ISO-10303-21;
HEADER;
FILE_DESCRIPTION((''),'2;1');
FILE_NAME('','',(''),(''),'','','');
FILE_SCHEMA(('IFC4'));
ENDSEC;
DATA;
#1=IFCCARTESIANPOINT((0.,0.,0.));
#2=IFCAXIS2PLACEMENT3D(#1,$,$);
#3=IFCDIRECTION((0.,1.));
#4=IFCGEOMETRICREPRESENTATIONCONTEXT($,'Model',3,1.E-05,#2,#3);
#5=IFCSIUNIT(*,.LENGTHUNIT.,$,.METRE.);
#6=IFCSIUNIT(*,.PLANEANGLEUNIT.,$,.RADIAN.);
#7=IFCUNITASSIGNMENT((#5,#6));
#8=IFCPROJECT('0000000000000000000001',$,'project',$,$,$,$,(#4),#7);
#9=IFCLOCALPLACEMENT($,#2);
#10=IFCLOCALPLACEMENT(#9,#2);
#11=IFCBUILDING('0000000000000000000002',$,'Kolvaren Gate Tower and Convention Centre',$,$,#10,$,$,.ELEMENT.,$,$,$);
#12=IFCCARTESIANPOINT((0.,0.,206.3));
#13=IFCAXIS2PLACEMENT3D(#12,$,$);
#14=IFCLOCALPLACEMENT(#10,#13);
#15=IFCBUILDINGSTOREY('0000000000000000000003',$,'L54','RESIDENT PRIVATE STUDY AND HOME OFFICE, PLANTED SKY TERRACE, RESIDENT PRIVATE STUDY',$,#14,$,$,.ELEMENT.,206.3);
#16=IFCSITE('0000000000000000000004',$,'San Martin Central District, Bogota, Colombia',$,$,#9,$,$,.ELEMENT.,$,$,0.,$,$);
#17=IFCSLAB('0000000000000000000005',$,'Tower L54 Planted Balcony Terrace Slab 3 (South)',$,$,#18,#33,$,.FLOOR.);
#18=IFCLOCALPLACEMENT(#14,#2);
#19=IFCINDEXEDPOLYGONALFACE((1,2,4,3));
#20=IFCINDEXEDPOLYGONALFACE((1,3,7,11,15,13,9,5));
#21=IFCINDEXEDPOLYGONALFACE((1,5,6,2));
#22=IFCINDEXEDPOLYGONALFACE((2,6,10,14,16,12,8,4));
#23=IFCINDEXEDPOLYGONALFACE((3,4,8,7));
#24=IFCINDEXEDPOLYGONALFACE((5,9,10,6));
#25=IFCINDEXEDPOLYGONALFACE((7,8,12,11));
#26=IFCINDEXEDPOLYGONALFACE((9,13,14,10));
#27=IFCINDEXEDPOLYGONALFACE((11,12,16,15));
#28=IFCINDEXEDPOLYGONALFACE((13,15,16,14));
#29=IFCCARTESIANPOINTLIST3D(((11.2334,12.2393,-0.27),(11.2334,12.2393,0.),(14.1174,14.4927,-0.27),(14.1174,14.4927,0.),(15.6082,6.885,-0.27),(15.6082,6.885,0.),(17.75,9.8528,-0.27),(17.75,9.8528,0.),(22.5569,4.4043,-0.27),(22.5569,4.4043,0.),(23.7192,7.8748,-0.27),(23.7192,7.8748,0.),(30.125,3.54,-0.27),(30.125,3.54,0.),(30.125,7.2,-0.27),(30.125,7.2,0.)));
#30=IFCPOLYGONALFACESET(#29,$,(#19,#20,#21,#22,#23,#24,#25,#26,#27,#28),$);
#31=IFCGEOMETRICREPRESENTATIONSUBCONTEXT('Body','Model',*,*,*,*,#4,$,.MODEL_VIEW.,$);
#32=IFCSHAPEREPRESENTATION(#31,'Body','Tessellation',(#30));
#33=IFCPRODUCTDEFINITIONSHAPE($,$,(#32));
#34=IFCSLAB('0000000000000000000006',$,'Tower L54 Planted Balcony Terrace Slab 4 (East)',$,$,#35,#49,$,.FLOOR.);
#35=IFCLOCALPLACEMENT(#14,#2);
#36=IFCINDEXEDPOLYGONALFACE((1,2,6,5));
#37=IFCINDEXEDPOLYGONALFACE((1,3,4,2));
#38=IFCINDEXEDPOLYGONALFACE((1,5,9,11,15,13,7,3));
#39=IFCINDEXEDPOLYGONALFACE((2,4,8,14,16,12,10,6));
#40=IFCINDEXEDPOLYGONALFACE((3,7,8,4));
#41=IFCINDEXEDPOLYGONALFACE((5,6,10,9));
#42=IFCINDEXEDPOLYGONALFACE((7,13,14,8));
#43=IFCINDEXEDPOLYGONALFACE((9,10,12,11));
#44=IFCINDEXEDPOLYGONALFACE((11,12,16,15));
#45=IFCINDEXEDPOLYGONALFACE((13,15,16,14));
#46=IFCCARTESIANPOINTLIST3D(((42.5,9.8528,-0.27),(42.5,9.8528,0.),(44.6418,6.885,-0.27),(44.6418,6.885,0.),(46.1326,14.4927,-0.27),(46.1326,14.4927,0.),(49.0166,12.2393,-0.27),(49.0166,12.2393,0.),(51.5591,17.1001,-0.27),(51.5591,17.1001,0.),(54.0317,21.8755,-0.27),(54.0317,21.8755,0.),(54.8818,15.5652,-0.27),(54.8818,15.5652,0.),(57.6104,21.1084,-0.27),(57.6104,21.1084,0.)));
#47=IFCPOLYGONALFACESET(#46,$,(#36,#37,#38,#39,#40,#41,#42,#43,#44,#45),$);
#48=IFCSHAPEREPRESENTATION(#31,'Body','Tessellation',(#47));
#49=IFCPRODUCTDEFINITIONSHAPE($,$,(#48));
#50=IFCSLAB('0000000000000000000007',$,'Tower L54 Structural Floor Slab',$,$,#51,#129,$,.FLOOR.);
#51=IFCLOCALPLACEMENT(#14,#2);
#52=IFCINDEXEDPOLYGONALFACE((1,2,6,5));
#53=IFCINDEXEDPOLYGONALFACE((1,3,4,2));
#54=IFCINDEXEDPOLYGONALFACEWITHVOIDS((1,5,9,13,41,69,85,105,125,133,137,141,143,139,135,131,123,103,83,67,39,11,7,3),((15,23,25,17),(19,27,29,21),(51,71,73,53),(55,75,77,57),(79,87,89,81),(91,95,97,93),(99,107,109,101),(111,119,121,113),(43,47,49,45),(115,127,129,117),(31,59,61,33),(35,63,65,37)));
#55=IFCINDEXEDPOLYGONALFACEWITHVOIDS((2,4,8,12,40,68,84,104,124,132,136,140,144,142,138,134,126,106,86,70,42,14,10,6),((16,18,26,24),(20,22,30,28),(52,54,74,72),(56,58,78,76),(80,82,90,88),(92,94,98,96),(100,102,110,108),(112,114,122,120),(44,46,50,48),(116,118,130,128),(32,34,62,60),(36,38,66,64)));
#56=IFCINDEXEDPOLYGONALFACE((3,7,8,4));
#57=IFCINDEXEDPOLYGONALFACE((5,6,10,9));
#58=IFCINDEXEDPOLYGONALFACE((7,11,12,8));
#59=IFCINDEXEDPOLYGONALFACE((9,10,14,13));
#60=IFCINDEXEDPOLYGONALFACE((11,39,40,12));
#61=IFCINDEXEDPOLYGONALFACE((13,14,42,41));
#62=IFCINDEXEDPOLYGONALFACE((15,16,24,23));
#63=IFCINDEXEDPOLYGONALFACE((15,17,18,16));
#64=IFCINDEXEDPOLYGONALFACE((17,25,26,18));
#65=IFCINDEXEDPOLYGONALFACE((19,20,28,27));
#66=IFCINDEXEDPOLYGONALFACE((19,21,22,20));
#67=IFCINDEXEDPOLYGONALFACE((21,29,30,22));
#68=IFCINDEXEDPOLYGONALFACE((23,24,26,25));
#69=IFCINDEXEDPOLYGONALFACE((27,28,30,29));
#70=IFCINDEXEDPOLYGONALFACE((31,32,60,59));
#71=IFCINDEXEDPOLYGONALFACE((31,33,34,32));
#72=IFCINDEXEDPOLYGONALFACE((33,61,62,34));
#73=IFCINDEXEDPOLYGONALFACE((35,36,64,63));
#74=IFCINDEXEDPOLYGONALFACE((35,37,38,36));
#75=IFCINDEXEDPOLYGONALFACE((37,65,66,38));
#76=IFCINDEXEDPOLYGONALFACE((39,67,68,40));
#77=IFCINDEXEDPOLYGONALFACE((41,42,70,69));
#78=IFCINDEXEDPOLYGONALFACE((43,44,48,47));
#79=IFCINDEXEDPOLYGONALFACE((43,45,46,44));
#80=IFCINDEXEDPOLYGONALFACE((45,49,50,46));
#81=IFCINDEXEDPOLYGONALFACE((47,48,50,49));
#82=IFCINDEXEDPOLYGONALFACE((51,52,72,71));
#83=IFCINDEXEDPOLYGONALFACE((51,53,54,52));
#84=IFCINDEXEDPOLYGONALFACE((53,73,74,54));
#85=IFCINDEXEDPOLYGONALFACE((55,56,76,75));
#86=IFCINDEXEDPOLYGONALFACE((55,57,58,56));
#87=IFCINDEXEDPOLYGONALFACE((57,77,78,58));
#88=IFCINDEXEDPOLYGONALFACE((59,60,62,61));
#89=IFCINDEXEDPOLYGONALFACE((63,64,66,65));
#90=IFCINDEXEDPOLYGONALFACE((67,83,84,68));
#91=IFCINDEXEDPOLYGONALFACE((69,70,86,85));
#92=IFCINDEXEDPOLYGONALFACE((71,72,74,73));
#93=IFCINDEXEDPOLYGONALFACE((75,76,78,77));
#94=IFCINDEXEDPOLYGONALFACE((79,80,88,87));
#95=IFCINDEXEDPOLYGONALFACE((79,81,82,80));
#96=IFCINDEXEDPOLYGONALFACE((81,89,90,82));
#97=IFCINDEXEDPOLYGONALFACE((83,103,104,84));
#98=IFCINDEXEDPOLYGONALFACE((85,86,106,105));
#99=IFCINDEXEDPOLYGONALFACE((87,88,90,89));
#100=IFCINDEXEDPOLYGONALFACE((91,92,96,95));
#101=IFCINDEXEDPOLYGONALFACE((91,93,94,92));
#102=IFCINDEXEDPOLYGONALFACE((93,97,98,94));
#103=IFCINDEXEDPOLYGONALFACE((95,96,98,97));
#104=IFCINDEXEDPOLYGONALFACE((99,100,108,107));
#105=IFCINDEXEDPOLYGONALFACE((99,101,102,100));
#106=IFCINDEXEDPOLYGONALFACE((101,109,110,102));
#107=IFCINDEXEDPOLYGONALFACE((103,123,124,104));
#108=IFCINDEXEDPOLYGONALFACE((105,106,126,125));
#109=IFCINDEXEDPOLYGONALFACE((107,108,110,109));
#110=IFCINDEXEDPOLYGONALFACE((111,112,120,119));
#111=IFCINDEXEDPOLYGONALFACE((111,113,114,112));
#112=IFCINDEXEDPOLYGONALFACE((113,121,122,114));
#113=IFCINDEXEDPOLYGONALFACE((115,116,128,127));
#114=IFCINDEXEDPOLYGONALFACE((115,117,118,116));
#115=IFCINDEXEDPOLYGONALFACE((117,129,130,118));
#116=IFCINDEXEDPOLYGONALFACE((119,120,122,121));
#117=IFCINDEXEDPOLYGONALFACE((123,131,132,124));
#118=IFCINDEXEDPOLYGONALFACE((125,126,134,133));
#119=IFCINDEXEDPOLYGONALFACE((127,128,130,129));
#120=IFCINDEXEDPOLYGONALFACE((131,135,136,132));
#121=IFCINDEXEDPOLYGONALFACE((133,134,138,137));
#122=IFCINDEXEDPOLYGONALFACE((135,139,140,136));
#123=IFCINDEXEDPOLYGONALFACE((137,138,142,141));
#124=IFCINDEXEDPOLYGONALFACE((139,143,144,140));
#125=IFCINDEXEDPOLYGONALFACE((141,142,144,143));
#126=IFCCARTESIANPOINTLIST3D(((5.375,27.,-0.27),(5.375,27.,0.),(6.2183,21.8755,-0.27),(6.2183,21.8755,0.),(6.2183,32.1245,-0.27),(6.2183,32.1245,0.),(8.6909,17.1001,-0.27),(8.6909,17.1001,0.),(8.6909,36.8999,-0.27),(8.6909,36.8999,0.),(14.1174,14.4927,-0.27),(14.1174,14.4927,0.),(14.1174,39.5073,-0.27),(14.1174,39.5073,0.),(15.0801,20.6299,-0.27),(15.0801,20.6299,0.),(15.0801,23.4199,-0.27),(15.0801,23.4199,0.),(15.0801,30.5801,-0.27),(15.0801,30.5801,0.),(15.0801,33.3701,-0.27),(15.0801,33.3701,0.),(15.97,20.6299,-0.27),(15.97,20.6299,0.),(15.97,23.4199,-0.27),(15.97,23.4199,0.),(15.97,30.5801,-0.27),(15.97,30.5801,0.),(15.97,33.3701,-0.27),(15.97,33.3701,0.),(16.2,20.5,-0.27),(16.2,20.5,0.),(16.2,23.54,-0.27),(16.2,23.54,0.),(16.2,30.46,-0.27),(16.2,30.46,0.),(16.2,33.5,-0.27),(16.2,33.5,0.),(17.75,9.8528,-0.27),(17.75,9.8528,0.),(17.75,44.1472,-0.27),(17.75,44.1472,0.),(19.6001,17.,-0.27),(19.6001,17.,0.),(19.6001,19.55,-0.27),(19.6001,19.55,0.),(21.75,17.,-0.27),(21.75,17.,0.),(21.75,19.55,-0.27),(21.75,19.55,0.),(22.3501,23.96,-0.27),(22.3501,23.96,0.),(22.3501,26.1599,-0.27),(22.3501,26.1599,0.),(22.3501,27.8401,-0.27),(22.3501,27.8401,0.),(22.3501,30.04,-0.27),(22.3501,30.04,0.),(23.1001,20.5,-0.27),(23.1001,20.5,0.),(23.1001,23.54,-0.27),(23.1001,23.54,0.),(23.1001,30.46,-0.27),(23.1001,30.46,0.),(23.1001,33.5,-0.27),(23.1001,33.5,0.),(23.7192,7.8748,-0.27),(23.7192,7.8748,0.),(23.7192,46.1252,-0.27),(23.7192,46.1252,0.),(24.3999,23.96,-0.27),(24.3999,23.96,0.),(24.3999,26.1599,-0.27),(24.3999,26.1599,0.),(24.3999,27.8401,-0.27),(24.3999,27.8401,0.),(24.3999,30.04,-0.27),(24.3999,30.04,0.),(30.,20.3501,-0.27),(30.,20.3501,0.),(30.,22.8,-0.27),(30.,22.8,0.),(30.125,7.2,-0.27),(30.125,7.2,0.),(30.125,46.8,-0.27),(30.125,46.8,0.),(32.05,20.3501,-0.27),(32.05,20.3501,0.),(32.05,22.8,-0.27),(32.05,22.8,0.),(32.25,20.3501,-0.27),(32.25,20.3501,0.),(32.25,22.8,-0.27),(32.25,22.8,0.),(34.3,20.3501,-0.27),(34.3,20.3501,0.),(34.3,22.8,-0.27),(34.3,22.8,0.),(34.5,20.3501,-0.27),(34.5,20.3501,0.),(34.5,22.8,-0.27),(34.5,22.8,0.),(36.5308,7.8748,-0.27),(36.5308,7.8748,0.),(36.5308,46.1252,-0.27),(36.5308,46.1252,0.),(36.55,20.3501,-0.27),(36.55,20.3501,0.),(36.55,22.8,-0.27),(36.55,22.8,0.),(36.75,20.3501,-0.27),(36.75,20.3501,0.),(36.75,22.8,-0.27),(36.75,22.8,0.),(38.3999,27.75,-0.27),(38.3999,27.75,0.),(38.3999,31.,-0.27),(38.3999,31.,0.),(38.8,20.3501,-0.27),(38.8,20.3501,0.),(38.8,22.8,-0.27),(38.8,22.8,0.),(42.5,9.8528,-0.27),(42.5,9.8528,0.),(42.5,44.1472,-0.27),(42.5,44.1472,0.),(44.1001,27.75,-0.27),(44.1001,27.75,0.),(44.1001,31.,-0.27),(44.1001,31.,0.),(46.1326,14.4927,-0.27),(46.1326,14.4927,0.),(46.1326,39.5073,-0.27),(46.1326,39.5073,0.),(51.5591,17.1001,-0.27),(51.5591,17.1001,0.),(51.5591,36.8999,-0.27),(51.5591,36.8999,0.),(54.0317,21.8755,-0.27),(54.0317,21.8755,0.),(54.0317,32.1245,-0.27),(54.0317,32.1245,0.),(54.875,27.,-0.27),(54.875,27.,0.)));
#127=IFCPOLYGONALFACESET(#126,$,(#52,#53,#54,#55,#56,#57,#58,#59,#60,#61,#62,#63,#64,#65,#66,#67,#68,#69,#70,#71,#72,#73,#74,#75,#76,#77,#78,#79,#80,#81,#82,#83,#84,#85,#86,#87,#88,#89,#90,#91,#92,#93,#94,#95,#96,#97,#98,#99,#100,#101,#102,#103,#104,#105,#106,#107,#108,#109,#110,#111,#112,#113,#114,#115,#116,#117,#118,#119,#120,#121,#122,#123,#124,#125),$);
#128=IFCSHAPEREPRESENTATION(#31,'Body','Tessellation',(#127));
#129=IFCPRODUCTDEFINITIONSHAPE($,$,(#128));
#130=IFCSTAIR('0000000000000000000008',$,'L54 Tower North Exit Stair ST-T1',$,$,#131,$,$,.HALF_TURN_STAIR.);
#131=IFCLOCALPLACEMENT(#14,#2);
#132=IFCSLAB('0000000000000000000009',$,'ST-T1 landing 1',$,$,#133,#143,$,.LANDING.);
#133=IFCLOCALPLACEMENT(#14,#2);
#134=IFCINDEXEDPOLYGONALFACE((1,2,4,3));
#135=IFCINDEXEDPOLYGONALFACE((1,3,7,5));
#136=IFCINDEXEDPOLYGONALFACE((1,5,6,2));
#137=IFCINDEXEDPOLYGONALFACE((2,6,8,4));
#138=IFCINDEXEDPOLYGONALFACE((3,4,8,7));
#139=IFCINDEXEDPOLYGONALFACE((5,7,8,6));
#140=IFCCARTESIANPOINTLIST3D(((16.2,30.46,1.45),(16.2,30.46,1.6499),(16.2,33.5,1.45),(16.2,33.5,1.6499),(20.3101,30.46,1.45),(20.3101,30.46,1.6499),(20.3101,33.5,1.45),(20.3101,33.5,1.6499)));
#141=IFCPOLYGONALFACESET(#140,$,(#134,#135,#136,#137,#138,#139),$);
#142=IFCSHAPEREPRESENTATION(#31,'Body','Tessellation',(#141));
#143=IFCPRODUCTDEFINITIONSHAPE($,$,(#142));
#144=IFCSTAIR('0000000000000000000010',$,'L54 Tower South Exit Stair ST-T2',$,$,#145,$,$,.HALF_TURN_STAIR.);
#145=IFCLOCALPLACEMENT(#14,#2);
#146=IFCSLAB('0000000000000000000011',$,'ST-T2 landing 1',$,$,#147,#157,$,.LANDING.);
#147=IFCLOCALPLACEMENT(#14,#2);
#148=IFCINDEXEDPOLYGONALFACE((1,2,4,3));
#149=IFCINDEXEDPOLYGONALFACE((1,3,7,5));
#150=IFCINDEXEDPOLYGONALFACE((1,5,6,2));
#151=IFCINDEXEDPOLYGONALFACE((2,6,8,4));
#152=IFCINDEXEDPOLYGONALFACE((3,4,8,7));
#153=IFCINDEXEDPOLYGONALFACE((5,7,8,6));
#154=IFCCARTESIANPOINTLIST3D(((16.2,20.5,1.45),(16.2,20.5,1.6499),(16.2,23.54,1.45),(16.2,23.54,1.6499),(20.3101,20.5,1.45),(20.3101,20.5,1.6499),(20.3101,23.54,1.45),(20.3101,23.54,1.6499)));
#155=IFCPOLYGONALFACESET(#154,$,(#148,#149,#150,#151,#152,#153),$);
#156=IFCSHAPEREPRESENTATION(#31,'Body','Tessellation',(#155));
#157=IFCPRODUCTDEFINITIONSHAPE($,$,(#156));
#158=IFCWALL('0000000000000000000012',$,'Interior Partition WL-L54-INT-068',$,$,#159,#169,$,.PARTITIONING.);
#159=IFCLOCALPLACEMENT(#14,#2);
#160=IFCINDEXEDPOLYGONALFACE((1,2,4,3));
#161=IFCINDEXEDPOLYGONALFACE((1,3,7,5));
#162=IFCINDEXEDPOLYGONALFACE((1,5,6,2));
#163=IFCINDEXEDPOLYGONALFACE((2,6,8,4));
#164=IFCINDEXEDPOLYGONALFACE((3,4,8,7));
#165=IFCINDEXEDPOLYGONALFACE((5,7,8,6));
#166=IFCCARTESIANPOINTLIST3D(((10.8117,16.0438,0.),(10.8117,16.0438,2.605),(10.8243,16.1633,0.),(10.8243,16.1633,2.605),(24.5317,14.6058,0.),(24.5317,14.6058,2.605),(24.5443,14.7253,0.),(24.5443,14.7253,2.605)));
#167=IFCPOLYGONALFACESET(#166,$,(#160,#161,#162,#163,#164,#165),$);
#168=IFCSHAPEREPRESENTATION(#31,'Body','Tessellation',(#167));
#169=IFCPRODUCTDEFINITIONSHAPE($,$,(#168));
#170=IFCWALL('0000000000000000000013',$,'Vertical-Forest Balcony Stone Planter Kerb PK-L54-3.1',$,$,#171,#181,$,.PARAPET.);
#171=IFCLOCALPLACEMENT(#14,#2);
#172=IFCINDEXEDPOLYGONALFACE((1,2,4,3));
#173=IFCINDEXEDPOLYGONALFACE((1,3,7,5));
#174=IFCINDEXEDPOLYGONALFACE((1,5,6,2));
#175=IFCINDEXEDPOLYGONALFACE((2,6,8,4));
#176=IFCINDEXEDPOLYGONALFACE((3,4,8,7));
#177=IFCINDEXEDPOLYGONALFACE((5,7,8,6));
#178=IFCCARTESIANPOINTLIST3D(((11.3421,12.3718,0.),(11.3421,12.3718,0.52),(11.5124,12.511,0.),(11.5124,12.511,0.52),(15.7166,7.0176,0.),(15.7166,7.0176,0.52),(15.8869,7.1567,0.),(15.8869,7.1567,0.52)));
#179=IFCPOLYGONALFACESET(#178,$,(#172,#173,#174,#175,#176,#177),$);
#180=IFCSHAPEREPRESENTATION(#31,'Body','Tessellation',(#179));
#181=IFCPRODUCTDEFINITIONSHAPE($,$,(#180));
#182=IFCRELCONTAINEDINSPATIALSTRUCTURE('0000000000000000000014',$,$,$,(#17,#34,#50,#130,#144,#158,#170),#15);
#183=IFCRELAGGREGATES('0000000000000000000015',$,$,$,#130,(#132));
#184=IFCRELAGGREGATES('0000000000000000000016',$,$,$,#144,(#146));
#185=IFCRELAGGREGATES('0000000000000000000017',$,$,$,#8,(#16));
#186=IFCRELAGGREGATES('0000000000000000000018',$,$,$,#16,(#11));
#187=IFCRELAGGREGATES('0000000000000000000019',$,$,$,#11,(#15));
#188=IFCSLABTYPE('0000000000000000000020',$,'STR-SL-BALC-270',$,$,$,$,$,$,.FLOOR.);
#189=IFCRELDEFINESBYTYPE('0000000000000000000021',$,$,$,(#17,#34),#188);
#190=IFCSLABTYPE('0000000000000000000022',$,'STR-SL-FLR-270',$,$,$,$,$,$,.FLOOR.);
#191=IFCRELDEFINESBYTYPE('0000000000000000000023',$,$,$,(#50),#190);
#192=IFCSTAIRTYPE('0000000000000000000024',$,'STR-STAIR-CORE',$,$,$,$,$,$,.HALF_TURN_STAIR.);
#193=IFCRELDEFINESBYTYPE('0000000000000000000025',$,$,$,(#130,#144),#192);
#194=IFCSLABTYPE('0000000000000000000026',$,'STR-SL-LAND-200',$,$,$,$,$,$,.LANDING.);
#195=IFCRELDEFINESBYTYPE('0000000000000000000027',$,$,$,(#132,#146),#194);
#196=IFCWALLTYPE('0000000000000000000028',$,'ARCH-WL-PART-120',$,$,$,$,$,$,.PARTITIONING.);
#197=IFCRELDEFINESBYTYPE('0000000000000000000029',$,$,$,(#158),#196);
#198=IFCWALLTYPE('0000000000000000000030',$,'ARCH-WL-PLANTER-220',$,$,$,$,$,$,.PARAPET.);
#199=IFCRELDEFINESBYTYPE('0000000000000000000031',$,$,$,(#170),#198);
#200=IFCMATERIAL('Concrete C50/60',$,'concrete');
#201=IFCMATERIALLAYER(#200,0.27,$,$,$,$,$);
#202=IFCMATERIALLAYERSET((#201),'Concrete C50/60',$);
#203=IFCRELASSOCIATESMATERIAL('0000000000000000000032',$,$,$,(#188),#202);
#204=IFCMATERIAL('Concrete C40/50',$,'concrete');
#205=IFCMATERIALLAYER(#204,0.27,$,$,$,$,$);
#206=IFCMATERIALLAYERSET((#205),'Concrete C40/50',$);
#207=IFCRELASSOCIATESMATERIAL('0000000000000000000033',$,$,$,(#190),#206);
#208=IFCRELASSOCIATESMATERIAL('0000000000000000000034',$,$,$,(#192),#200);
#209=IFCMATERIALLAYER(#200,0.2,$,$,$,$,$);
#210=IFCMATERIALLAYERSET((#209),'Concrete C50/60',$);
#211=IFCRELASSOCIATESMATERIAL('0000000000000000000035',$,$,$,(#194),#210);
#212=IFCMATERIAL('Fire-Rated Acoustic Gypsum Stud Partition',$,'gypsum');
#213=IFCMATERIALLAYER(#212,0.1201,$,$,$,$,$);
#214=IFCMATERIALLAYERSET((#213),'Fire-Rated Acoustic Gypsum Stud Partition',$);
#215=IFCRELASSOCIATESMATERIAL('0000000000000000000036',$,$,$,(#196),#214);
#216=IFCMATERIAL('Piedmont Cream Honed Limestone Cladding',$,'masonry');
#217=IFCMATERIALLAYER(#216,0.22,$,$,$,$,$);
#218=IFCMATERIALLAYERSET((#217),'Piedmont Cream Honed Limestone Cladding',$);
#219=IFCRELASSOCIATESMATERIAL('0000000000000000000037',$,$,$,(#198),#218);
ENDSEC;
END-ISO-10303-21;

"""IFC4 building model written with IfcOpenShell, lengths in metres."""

from ifc_helpers import new_model, si_unit, direction, frame, frame_2d, origin, place, context, subcontext, project, spatial, polyline, rectangle, outline, extrude, material, layer, layer_set, type_object, element, aggregate, save


model = new_model("IFC4")

# Units and contexts
model_context = context("Model", 3, precision=1e-05, world=origin(), true_north=direction((0.0, 1.0)))
body_context = subcontext(model_context, "Body", "Model", "MODEL_VIEW")
ifc_project = project(units=[si_unit("LENGTHUNIT", "METRE"), si_unit("PLANEANGLEUNIT", "RADIAN")], contexts=[model_context])

# Site, building, storey
site_placement = place(None, origin())
site = spatial("IfcSite", under=ifc_project, at=site_placement, Name="San Martin Central District, Bogota, Colombia", CompositionType="ELEMENT", RefElevation=0.0)
building_placement = place(site_placement, origin())
building = spatial("IfcBuilding", under=site, at=building_placement, Name="Kolvaren Gate Tower and Convention Centre", CompositionType="ELEMENT")
storey_placement = place(building_placement, frame((0.0, 0.0, 206.3)))
storey = spatial("IfcBuildingStorey", under=building, at=storey_placement, Name="L54", Description="RESIDENT PRIVATE STUDY AND HOME OFFICE, PLANTED SKY TERRACE, RESIDENT PRIVATE STUDY", CompositionType="ELEMENT", Elevation=206.3)

# Slabs
ifc_material_1 = material(Name="Concrete C50/60", Category="concrete")
ifc_layer_1 = layer(ifc_material_1, 0.27)
ifc_layer_set_1 = layer_set([ifc_layer_1], Name="Concrete C50/60")
slab_type_1 = type_object("IfcSlabType", Name="STR-SL-BALC-270", PredefinedType="FLOOR", material=ifc_layer_set_1)
slab_1_placement = place(storey_placement, frame((0.0, 0.0, -0.27)))
element("IfcSlab", 1, at=slab_1_placement, inside=storey, type_object=slab_type_1, Name="Tower L54 Planted Balcony Terrace Slab 3 (South)", PredefinedType="FLOOR", context=body_context, shape_type="SweptSolid", body=[
    extrude(outline(polyline([(14.1174, 14.4927), (17.75, 9.8528), (23.7192, 7.8748), (30.125, 7.2), (30.125, 3.54), (22.5569, 4.4043), (15.6082, 6.885), (11.2334, 12.2393), (14.1174, 14.4927)])), origin(), (0.0, 0.0, 1.0), 0.27),
])
slab_2_placement = place(storey_placement, frame((0.0, 0.0, -0.27)))
element("IfcSlab", 2, at=slab_2_placement, inside=storey, type_object=slab_type_1, Name="Tower L54 Planted Balcony Terrace Slab 4 (East)", PredefinedType="FLOOR", context=body_context, shape_type="SweptSolid", body=[
    extrude(outline(polyline([(42.5, 9.8528), (46.1326, 14.4927), (51.5591, 17.1001), (54.0317, 21.8755), (57.6104, 21.1084), (54.8818, 15.5652), (49.0166, 12.2393), (44.6418, 6.885), (42.5, 9.8528)])), origin(), (0.0, 0.0, 1.0), 0.27),
])
ifc_material_2 = material(Name="Concrete C40/50", Category="concrete")
ifc_layer_2 = layer(ifc_material_2, 0.27)
ifc_layer_set_2 = layer_set([ifc_layer_2], Name="Concrete C40/50")
slab_type_2 = type_object("IfcSlabType", Name="STR-SL-FLR-270", PredefinedType="FLOOR", material=ifc_layer_set_2)
slab_3_placement = place(storey_placement, frame((0.0, 0.0, -0.27)))
element("IfcSlab", 3, at=slab_3_placement, inside=storey, type_object=slab_type_2, Name="Tower L54 Structural Floor Slab", PredefinedType="FLOOR", context=body_context, shape_type="SweptSolid", body=[
    extrude(outline(polyline([(54.875, 27.0), (54.0317, 32.1245), (51.5591, 36.8999), (46.1326, 39.5073), (42.5, 44.1472), (36.5308, 46.1252), (30.125, 46.8), (23.7192, 46.1252), (17.75, 44.1472), (14.1174, 39.5073), (8.6909, 36.8999), (6.2183, 32.1245), (5.375, 27.0), (6.2183, 21.8755), (8.6909, 17.1001), (14.1174, 14.4927), (17.75, 9.8528), (23.7192, 7.8748), (30.125, 7.2), (36.5308, 7.8748), (42.5, 9.8528), (46.1326, 14.4927), (51.5591, 17.1001), (54.0317, 21.8755), (54.875, 27.0)]), holes=[polyline([(38.3999, 27.75), (38.3999, 31.0), (44.1001, 31.0), (44.1001, 27.75), (38.3999, 27.75)]), polyline([(38.8, 20.3501), (36.75, 20.3501), (36.75, 22.8), (38.8, 22.8), (38.8, 20.3501)]), polyline([(34.5, 20.3501), (34.5, 22.8), (36.55, 22.8), (36.55, 20.3501), (34.5, 20.3501)]), polyline([(32.25, 20.3501), (32.25, 22.8), (34.3, 22.8), (34.3, 20.3501), (32.25, 20.3501)]), polyline([(32.05, 20.3501), (30.0, 20.3501), (30.0, 22.8), (32.05, 22.8), (32.05, 20.3501)]), polyline([(22.3501, 23.96), (22.3501, 26.1599), (24.3999, 26.1599), (24.3999, 23.96), (22.3501, 23.96)]), polyline([(24.3999, 27.8401), (22.3501, 27.8401), (22.3501, 30.04), (24.3999, 30.04), (24.3999, 27.8401)]), polyline([(23.1001, 23.54), (23.1001, 20.5), (16.2, 20.5), (16.2, 23.54), (23.1001, 23.54)]), polyline([(23.1001, 33.5), (23.1001, 30.46), (16.2, 30.46), (16.2, 33.5), (23.1001, 33.5)]), polyline([(21.75, 17.0), (19.6001, 17.0), (19.6001, 19.55), (21.75, 19.55), (21.75, 17.0)]), polyline([(15.0801, 20.6299), (15.0801, 23.4199), (15.97, 23.4199), (15.97, 20.6299), (15.0801, 20.6299)]), polyline([(15.0801, 30.5801), (15.0801, 33.3701), (15.97, 33.3701), (15.97, 30.5801), (15.0801, 30.5801)])]), origin(), (0.0, 0.0, 1.0), 0.27),
])

# Stairs, slabs
stair_type = type_object("IfcStairType", Name="STR-STAIR-CORE", PredefinedType="HALF_TURN_STAIR", material=ifc_material_1)
stair_1_placement = place(storey_placement, origin())
stair_1 = element("IfcStair", 4, at=stair_1_placement, inside=storey, type_object=stair_type, Name="L54 Tower North Exit Stair ST-T1", PredefinedType="HALF_TURN_STAIR")
ifc_layer_3 = layer(ifc_material_1, 0.2)
ifc_layer_set_3 = layer_set([ifc_layer_3], Name="Concrete C50/60")
slab_type_3 = type_object("IfcSlabType", Name="STR-SL-LAND-200", PredefinedType="LANDING", material=ifc_layer_set_3)
slab_4_placement = place(storey_placement, frame((0.0, 0.0, 1.45)))
slab_4 = element("IfcSlab", 5, at=slab_4_placement, type_object=slab_type_3, Name="ST-T1 landing 1", PredefinedType="LANDING", context=body_context, shape_type="SweptSolid", body=[
    extrude(outline(polyline([(20.3101, 33.5), (16.2, 33.5), (16.2, 30.46), (20.3101, 30.46), (20.3101, 33.5)])), origin(), (0.0, 0.0, 1.0), 0.2),
])
aggregate(stair_1, [slab_4])
stair_2_placement = place(storey_placement, origin())
stair_2 = element("IfcStair", 6, at=stair_2_placement, inside=storey, type_object=stair_type, Name="L54 Tower South Exit Stair ST-T2", PredefinedType="HALF_TURN_STAIR")
slab_5_placement = place(storey_placement, frame((0.0, 0.0, 1.45)))
slab_5 = element("IfcSlab", 7, at=slab_5_placement, type_object=slab_type_3, Name="ST-T2 landing 1", PredefinedType="LANDING", context=body_context, shape_type="SweptSolid", body=[
    extrude(outline(polyline([(20.3101, 23.54), (16.2, 23.54), (16.2, 20.5), (20.3101, 20.5), (20.3101, 23.54)])), origin(), (0.0, 0.0, 1.0), 0.2),
])
aggregate(stair_2, [slab_5])

# Walls
ifc_material_3 = material(Name="Fire-Rated Acoustic Gypsum Stud Partition", Category="gypsum")
ifc_layer_4 = layer(ifc_material_3, 0.1201)
ifc_layer_set_4 = layer_set([ifc_layer_4], Name="Fire-Rated Acoustic Gypsum Stud Partition")
wall_type_1 = type_object("IfcWallType", Name="ARCH-WL-PART-120", PredefinedType="PARTITIONING", material=ifc_layer_set_4)
wall_1_placement = place(storey_placement, frame((10.8181, 16.1035, 0.0), z_axis=(0.0, 0.0, 1.0), x_axis=(0.994552, -0.104239, 0.0)))
element("IfcWall", 8, at=wall_1_placement, inside=storey, type_object=wall_type_1, Name="Interior Partition WL-L54-INT-068", PredefinedType="PARTITIONING", context=body_context, shape_type="SweptSolid", body=[
    extrude(rectangle(XDim=13.7952, YDim=0.1201, at=frame_2d((6.8975, 0.0))), origin(), (0.0, 0.0, 1.0), 2.605),
])
ifc_material_4 = material(Name="Piedmont Cream Honed Limestone Cladding", Category="masonry")
ifc_layer_5 = layer(ifc_material_4, 0.22)
ifc_layer_set_5 = layer_set([ifc_layer_5], Name="Piedmont Cream Honed Limestone Cladding")
wall_type_2 = type_object("IfcWallType", Name="ARCH-WL-PLANTER-220", PredefinedType="PARAPET", material=ifc_layer_set_5)
wall_2_placement = place(storey_placement, frame((11.4272, 12.4414, 0.0), z_axis=(0.0, 0.0, 1.0), x_axis=(0.632697, -0.774399, 0.0)))
element("IfcWall", 9, at=wall_2_placement, inside=storey, type_object=wall_type_2, Name="Vertical-Forest Balcony Stone Planter Kerb PK-L54-3.1", PredefinedType="PARAPET", context=body_context, shape_type="SweptSolid", body=[
    extrude(rectangle(XDim=6.9141, YDim=0.22, at=frame_2d((3.457, 0.0))), origin(), (0.0, 0.0, 1.0), 0.52),
])

save(model, "model.ifc")
